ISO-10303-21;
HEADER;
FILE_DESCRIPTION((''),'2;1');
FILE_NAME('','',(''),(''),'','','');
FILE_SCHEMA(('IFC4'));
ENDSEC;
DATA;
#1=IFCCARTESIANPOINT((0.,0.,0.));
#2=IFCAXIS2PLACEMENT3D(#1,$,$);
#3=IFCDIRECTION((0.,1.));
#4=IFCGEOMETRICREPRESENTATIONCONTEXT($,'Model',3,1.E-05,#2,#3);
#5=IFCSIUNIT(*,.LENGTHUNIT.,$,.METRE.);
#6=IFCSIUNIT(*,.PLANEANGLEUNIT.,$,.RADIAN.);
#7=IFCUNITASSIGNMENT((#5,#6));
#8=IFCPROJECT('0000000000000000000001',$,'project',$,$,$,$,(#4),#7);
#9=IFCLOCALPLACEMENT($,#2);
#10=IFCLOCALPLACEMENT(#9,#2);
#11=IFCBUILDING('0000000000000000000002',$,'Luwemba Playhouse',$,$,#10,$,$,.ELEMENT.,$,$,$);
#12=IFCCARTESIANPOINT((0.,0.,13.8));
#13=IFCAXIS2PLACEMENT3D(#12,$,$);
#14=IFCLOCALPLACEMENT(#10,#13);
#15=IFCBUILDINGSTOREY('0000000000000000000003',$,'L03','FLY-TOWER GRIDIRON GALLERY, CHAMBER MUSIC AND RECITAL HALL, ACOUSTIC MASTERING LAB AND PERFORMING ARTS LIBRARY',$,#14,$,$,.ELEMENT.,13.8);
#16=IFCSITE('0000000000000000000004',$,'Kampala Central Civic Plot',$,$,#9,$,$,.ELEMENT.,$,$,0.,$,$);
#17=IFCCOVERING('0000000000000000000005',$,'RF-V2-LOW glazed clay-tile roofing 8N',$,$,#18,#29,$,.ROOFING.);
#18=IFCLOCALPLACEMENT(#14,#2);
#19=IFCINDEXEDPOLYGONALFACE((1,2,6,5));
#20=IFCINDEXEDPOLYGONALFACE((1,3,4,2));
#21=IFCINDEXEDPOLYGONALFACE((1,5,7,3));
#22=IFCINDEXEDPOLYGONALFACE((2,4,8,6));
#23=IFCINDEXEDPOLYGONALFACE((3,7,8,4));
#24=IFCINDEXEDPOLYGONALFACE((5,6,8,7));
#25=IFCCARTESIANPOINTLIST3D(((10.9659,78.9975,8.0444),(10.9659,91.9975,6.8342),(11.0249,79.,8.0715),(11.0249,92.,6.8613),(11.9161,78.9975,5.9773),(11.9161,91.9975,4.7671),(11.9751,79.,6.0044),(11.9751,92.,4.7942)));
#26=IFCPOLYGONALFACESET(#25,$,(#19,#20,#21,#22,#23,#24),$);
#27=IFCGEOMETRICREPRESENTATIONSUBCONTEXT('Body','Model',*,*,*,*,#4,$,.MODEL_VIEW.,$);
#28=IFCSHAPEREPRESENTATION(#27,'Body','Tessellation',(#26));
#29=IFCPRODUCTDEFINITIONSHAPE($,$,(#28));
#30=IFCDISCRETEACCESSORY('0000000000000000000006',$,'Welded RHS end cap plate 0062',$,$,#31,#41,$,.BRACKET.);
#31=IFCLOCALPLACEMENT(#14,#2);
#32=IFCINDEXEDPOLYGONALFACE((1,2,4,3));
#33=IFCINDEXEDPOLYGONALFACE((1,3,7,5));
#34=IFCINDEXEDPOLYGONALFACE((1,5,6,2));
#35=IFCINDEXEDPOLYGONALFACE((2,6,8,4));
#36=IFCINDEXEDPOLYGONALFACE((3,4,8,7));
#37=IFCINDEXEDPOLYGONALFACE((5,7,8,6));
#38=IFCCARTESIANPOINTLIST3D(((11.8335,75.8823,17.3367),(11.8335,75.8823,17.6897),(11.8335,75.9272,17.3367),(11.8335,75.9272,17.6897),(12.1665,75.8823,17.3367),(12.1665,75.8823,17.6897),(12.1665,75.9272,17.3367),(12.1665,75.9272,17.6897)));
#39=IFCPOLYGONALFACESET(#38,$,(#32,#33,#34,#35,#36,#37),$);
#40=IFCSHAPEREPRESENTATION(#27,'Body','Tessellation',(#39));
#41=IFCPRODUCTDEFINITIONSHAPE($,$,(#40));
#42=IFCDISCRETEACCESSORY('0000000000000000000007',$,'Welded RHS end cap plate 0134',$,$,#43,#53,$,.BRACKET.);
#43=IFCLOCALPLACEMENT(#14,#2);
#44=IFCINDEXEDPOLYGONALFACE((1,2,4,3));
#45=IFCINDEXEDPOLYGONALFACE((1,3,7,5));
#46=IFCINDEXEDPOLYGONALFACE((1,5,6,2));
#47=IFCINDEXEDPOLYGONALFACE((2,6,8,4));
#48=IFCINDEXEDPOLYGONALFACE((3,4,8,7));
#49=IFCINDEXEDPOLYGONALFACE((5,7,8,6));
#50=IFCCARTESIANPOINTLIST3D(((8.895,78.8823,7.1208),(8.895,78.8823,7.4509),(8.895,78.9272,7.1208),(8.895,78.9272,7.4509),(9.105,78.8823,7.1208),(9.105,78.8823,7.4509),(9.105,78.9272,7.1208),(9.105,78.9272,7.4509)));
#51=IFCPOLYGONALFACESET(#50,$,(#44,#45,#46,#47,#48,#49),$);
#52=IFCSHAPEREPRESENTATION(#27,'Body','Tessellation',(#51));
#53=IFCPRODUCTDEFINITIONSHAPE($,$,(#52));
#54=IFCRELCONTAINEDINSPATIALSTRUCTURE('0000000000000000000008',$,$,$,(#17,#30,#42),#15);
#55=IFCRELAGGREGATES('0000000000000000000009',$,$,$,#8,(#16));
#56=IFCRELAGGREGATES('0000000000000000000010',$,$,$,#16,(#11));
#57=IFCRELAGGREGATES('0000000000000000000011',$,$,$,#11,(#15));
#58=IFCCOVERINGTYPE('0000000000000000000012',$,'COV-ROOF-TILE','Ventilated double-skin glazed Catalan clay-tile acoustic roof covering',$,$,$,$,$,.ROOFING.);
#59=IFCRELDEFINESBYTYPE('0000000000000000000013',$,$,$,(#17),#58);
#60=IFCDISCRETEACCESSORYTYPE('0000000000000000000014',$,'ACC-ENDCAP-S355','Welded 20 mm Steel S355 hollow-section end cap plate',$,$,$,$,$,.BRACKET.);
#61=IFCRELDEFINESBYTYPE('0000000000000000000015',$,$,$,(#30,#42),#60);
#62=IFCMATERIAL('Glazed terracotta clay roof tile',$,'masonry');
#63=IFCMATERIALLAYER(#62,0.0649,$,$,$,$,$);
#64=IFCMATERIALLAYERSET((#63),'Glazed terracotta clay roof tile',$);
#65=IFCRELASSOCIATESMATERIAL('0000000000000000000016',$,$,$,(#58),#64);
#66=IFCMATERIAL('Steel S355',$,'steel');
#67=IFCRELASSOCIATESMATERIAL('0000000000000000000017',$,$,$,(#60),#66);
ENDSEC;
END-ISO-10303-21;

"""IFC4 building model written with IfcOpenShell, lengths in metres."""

from ifc_helpers import new_model, si_unit, direction, frame, origin, origin_2d, place, context, subcontext, project, spatial, polyline, rectangle, outline, extrude, material, layer, layer_set, type_object, element, save


model = new_model("IFC4")

# Units and contexts
model_context = context("Model", 3, precision=1e-05, world=origin(), true_north=direction((0.0, 1.0)))
body_context = subcontext(model_context, "Body", "Model", "MODEL_VIEW")
ifc_project = project(units=[si_unit("LENGTHUNIT", "METRE"), si_unit("PLANEANGLEUNIT", "RADIAN")], contexts=[model_context])

# Site, building, storey
site_placement = place(None, origin())
site = spatial("IfcSite", under=ifc_project, at=site_placement, Name="Kampala Central Civic Plot", CompositionType="ELEMENT", RefElevation=0.0)
building_placement = place(site_placement, origin())
building = spatial("IfcBuilding", under=site, at=building_placement, Name="Luwemba Playhouse", CompositionType="ELEMENT")
storey_placement = place(building_placement, frame((0.0, 0.0, 13.8)))
storey = spatial("IfcBuildingStorey", under=building, at=storey_placement, Name="L03", Description="FLY-TOWER GRIDIRON GALLERY, CHAMBER MUSIC AND RECITAL HALL, ACOUSTIC MASTERING LAB AND PERFORMING ARTS LIBRARY", CompositionType="ELEMENT", Elevation=13.8)

# Shared definitions
ifc_material_1 = material(Name="Steel S355", Category="steel")

# Covering
ifc_material_2 = material(Name="Glazed terracotta clay roof tile", Category="masonry")
ifc_layer_1 = layer(ifc_material_2, 0.0649)
ifc_layer_set_1 = layer_set([ifc_layer_1], Name="Glazed terracotta clay roof tile")
covering_type_1 = type_object("IfcCoveringType", Name="COV-ROOF-TILE", Description="Ventilated double-skin glazed Catalan clay-tile acoustic roof covering", PredefinedType="ROOFING", material=ifc_layer_set_1)
for number, where, z_axis, x_axis, name in (
    (1, (11.0249, 79.0, 8.0715), (0.907919, 0.038851, 0.41734), (0.417656, 0.0, -0.908605), "RF-V2-LOW glazed clay-tile roofing 8N"),
):
    element("IfcCovering", number, at=place(storey_placement, frame(where, z_axis=z_axis, x_axis=x_axis)), inside=storey, type_object=covering_type_1, Name=name, PredefinedType="ROOFING", context=body_context, shape_type="SweptSolid", body=[
        extrude(outline(polyline([(0.0, 0.0), (2.2751, 0.0), (3.3747, 13.0098), (1.0996, 13.0098), (0.0, 0.0)])), origin(), (0.0, 0.0, -1.0), 0.0649),
    ])

# Discrete accessories
discrete_accessory_type = type_object("IfcDiscreteAccessoryType", Name="ACC-ENDCAP-S355", Description="Welded 20 mm Steel S355 hollow-section end cap plate", PredefinedType="BRACKET", material=ifc_material_1)
discrete_accessory_1_placement = place(storey_placement, frame((12.0, 75.9048, 17.3367), z_axis=(0.0, 0.0, 1.0), x_axis=(1.0, 0.0, 0.0)))
element("IfcDiscreteAccessory", 2, at=discrete_accessory_1_placement, inside=storey, type_object=discrete_accessory_type, Name="Welded RHS end cap plate 0062", PredefinedType="BRACKET", context=body_context, shape_type="SweptSolid", body=[
    extrude(rectangle(XDim=0.333, YDim=0.0449, at=origin_2d()), origin(), (0.0, 0.0, 1.0), 0.353),
])
discrete_accessory_2_placement = place(storey_placement, frame((9.0, 78.9048, 7.1208), z_axis=(0.0, 0.0, 1.0), x_axis=(1.0, 0.0, 0.0)))
element("IfcDiscreteAccessory", 3, at=discrete_accessory_2_placement, inside=storey, type_object=discrete_accessory_type, Name="Welded RHS end cap plate 0134", PredefinedType="BRACKET", context=body_context, shape_type="SweptSolid", body=[
    extrude(rectangle(XDim=0.21, YDim=0.0449, at=origin_2d()), origin(), (0.0, 0.0, 1.0), 0.3301),
])

save(model, "model.ifc")
